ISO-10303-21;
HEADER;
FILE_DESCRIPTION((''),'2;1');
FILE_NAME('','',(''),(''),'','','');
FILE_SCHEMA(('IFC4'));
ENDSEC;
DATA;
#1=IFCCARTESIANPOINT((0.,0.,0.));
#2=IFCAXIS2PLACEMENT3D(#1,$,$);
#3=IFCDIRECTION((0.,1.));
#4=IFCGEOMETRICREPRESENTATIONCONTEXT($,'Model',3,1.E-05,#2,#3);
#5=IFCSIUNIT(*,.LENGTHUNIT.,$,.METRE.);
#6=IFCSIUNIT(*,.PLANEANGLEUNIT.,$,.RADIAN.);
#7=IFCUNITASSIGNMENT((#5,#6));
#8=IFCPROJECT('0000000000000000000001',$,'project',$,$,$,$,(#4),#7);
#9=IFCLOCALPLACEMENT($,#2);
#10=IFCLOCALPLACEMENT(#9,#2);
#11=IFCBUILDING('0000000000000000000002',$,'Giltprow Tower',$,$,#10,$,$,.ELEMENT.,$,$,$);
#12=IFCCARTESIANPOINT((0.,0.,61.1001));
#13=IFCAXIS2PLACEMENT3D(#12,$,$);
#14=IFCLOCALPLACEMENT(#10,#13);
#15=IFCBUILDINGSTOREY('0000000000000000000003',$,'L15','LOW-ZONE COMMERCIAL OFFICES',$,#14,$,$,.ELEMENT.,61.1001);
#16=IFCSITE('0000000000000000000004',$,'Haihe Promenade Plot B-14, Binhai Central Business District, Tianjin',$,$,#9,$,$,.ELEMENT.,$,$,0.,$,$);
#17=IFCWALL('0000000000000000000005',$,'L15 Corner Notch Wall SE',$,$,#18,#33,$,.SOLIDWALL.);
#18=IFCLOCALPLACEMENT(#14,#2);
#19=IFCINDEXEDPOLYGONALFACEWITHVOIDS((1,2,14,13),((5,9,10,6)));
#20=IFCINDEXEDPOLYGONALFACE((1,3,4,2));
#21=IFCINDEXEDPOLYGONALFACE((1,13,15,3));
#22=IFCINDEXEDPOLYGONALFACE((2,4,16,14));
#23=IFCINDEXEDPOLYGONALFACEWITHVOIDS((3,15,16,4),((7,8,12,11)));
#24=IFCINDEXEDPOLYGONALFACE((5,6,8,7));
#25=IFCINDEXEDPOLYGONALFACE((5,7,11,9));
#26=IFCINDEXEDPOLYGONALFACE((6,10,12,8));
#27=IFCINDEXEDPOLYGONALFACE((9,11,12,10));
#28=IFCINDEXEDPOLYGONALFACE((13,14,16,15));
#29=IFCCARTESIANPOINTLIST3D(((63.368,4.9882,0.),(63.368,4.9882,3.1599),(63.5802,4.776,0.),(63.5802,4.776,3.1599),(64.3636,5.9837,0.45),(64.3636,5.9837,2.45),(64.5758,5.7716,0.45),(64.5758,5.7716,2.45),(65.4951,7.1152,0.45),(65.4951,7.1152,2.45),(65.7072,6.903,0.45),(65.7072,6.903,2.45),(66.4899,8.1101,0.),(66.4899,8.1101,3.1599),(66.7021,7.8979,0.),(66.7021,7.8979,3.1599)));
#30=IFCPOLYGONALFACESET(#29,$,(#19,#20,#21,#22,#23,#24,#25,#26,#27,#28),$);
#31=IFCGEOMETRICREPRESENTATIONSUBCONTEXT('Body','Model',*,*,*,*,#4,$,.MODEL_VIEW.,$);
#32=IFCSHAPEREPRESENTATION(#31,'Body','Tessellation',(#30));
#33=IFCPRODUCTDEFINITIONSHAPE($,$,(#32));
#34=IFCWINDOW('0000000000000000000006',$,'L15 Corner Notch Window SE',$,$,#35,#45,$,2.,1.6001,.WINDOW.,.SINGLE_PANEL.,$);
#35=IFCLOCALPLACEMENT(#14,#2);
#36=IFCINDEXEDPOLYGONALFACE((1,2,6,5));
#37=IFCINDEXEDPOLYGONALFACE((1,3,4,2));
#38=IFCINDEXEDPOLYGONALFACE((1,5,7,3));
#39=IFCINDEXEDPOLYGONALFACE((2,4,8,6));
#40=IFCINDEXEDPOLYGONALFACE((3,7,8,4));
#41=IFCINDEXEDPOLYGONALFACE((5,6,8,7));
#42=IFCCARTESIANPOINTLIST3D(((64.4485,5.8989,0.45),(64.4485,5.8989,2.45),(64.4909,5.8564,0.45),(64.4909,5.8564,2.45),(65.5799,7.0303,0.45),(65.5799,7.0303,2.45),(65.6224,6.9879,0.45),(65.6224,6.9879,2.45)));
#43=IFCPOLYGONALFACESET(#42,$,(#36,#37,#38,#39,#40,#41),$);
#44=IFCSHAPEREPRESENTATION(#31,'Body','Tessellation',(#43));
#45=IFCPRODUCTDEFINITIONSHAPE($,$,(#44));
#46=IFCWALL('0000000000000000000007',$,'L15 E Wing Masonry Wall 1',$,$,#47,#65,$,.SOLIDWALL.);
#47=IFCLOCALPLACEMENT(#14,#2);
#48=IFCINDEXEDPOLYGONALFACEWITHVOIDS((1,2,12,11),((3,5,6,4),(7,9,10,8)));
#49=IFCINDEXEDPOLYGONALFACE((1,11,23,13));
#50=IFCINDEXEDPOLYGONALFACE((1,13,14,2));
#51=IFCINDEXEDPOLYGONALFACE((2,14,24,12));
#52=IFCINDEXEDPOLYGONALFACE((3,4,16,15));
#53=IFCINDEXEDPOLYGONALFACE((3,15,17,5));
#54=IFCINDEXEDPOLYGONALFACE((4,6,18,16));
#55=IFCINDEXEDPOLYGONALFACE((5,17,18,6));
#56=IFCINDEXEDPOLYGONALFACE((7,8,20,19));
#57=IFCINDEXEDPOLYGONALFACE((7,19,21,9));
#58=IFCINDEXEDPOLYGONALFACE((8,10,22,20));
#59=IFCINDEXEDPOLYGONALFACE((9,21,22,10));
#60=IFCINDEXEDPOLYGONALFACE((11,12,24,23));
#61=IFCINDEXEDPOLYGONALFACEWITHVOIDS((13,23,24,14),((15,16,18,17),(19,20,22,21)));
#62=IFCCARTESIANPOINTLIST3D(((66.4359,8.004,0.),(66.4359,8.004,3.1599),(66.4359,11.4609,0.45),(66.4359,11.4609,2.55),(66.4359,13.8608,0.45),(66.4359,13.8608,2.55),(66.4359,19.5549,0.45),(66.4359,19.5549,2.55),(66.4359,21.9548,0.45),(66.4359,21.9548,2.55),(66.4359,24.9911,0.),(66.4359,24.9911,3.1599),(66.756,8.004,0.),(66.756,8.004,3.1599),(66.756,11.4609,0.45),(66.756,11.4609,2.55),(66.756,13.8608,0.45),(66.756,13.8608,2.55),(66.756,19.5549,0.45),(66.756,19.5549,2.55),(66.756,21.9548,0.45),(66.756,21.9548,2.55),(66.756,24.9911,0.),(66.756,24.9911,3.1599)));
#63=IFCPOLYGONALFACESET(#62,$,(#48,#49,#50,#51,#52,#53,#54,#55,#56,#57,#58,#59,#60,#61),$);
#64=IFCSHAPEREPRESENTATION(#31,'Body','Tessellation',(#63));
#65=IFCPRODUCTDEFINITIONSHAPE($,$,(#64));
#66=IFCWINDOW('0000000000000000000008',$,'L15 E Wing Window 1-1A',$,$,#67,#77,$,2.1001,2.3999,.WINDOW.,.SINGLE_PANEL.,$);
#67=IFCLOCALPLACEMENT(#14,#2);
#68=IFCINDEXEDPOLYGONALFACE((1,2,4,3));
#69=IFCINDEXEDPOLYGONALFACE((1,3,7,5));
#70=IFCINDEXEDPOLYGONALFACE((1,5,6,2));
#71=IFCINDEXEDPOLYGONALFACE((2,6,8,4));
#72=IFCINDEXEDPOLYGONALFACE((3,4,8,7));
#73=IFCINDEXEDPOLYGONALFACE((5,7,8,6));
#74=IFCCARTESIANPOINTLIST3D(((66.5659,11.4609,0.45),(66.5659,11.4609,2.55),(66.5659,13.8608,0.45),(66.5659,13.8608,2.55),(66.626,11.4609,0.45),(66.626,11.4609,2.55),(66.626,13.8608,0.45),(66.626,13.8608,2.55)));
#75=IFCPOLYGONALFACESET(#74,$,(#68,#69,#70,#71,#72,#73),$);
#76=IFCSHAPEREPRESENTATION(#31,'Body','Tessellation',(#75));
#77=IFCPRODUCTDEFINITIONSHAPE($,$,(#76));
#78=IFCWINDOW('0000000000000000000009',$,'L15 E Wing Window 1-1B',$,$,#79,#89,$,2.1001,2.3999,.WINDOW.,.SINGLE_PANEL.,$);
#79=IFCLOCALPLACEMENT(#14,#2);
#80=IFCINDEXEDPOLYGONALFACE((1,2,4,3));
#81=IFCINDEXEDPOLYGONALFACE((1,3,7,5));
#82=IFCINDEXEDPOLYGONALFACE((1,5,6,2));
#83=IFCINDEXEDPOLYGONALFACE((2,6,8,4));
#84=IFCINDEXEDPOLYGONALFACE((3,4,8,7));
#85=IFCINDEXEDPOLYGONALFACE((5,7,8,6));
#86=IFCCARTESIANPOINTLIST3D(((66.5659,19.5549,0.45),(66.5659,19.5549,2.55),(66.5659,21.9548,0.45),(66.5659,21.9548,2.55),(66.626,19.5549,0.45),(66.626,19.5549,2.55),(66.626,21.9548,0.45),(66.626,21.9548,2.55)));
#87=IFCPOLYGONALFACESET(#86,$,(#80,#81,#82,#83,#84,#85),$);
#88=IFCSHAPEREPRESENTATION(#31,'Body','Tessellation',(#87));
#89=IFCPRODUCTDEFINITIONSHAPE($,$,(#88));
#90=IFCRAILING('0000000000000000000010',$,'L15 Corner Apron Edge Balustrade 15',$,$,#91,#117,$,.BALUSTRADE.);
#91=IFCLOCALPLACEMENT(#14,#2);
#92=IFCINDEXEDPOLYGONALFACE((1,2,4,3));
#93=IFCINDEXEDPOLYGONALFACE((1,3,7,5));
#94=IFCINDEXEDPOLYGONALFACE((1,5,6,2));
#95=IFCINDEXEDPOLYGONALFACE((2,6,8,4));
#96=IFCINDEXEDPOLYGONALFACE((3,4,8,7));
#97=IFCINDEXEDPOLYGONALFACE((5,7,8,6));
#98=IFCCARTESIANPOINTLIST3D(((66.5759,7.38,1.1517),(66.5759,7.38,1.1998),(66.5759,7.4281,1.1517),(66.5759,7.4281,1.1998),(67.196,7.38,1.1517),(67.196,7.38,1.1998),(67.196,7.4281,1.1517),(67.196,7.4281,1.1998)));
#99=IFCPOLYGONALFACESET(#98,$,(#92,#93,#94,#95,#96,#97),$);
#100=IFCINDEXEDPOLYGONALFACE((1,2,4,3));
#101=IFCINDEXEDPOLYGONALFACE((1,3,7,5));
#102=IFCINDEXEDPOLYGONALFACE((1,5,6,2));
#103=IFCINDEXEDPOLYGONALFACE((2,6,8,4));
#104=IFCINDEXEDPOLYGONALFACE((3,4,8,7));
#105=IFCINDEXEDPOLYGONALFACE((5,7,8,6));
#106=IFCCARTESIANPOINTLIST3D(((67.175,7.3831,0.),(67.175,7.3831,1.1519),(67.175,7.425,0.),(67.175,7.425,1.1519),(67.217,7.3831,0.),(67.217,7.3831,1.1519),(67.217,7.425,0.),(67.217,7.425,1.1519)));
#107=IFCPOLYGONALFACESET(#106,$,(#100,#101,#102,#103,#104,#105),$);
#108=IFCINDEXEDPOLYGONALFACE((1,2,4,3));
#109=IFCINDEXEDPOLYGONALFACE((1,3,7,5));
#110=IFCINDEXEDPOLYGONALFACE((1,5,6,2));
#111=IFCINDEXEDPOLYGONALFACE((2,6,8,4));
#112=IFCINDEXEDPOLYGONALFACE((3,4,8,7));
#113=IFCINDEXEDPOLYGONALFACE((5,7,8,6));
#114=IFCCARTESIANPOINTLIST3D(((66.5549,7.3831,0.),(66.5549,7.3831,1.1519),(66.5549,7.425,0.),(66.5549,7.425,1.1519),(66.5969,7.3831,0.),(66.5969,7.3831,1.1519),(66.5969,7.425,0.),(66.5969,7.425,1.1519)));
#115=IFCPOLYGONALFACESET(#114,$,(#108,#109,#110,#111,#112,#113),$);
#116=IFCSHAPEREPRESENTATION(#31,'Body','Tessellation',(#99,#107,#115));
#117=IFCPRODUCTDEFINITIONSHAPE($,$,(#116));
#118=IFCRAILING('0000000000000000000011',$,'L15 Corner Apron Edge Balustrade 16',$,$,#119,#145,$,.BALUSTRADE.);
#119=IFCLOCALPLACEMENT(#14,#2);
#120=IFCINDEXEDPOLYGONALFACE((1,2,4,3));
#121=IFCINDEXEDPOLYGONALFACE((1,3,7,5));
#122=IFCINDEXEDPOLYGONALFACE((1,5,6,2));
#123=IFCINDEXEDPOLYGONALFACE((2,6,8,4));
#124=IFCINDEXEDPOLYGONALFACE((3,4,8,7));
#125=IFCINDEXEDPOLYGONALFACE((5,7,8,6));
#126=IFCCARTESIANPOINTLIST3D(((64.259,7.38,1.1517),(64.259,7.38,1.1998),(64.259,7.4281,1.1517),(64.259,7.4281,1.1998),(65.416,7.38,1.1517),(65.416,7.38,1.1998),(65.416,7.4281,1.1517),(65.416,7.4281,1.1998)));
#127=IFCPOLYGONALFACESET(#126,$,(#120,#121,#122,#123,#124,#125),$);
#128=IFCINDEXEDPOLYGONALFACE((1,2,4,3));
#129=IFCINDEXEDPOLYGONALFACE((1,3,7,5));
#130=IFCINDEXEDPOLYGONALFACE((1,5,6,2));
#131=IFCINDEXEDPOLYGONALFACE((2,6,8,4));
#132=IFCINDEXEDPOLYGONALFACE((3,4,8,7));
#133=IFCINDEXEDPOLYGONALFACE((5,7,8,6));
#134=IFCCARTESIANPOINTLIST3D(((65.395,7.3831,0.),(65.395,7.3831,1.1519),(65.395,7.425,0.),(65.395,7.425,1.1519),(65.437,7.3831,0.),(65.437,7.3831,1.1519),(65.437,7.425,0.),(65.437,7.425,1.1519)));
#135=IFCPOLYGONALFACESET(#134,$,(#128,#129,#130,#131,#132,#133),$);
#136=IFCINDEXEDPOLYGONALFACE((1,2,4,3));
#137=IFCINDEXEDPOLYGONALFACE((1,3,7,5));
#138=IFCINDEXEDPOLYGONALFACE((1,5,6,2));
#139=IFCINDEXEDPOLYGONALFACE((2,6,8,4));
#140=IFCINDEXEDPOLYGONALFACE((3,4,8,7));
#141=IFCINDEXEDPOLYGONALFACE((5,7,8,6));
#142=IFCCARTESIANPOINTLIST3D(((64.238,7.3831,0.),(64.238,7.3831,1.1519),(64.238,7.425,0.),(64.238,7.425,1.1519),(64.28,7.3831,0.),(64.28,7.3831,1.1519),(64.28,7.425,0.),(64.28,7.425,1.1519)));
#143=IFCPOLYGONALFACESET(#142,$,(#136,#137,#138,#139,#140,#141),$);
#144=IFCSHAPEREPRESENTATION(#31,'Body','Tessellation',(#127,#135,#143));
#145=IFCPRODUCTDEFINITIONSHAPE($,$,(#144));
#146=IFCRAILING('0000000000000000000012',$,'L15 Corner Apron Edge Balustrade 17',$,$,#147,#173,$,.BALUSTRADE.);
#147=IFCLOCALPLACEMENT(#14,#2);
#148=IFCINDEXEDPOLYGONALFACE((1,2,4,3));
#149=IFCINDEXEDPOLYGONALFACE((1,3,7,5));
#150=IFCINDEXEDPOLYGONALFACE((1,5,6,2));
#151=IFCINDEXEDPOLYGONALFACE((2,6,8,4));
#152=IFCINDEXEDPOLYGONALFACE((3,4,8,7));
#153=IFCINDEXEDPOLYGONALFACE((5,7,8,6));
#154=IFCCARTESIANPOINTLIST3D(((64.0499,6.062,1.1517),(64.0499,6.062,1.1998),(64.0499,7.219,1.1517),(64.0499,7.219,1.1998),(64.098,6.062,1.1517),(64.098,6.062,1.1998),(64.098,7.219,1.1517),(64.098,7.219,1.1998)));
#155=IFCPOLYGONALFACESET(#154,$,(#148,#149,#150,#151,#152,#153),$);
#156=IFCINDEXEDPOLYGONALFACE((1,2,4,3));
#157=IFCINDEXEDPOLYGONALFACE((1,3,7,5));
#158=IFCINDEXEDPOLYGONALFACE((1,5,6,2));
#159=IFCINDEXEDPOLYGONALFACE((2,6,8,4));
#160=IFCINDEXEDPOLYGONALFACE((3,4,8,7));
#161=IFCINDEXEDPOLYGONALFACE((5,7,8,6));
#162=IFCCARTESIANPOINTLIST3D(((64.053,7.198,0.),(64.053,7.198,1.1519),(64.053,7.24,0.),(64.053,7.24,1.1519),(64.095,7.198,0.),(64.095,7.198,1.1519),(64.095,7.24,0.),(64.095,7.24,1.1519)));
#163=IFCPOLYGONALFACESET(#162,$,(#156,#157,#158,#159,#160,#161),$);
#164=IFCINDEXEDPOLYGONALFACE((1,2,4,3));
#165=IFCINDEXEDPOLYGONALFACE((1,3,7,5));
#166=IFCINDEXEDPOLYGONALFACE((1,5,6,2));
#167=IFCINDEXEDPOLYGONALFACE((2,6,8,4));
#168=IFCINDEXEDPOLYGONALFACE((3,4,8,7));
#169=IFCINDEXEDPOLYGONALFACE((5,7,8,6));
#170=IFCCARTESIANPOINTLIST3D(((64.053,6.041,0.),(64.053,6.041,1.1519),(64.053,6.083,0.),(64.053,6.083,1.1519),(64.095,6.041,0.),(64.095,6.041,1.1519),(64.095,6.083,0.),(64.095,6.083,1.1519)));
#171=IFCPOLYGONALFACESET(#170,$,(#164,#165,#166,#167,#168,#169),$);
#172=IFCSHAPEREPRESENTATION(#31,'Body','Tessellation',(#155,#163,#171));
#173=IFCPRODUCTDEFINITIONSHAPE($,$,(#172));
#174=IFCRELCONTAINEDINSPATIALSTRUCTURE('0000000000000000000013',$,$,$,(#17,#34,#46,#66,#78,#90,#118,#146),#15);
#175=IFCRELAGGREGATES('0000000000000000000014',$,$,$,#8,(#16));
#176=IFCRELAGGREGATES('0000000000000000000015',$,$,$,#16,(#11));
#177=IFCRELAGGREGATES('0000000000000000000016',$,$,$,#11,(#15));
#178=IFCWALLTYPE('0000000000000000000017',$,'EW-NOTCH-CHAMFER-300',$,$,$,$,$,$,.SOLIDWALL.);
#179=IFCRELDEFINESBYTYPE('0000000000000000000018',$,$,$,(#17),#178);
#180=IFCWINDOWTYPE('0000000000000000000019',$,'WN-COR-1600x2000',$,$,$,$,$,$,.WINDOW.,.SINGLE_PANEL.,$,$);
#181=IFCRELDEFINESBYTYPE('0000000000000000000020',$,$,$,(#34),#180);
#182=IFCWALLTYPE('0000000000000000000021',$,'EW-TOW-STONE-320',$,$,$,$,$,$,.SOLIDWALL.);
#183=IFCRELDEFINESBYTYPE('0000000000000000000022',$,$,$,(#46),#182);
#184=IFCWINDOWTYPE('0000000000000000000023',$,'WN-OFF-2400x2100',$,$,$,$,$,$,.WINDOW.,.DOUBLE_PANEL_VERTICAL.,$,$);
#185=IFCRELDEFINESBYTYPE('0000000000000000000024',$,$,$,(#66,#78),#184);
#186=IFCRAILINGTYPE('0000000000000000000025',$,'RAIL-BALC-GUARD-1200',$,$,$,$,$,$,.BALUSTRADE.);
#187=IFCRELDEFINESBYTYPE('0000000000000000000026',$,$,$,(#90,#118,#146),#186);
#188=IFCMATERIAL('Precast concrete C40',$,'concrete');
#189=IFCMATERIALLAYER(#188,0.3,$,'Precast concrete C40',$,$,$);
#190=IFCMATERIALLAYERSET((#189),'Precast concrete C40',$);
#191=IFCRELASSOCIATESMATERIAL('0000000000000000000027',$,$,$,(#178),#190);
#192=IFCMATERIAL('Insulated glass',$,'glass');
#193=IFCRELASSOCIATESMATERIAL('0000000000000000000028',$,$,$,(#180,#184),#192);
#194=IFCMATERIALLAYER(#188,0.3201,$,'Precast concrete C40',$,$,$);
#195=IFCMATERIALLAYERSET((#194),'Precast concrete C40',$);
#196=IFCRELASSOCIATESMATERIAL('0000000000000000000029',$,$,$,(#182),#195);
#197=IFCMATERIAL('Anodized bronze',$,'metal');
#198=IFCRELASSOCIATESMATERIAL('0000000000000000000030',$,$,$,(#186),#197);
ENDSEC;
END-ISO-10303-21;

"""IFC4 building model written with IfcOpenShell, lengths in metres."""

from ifc_helpers import new_model, si_unit, direction, frame, frame_2d, origin, origin_2d, place, context, subcontext, project, spatial, rectangle, extrude, source, transform, mapped, material, layer, layer_set, type_object, element, fill, save


model = new_model("IFC4")

# Units and contexts
model_context = context("Model", 3, precision=1e-05, world=origin(), true_north=direction((0.0, 1.0)))
body_context = subcontext(model_context, "Body", "Model", "MODEL_VIEW")
ifc_project = project(units=[si_unit("LENGTHUNIT", "METRE"), si_unit("PLANEANGLEUNIT", "RADIAN")], contexts=[model_context])

# Site, building, storey
site_placement = place(None, origin())
site = spatial("IfcSite", under=ifc_project, at=site_placement, Name="Haihe Promenade Plot B-14, Binhai Central Business District, Tianjin", CompositionType="ELEMENT", RefElevation=0.0)
building_placement = place(site_placement, origin())
building = spatial("IfcBuilding", under=site, at=building_placement, Name="Giltprow Tower", CompositionType="ELEMENT")
storey_placement = place(building_placement, frame((0.0, 0.0, 61.1001)))
storey = spatial("IfcBuildingStorey", under=building, at=storey_placement, Name="L15", Description="LOW-ZONE COMMERCIAL OFFICES", CompositionType="ELEMENT", Elevation=61.1001)

# Shared definitions
ifc_material_1 = material(Name="Anodized bronze", Category="metal")
ifc_material_2 = material(Name="Insulated glass", Category="glass")

# Wall, opening, window
ifc_material_3 = material(Name="Precast concrete C40", Category="concrete")
ifc_layer_1 = layer(ifc_material_3, 0.3, Name="Precast concrete C40")
ifc_layer_set_1 = layer_set([ifc_layer_1], Name="Precast concrete C40")
wall_type_1 = type_object("IfcWallType", Name="EW-NOTCH-CHAMFER-300", PredefinedType="SOLIDWALL", material=ifc_layer_set_1)
wall_1_placement = place(storey_placement, frame((63.4741, 4.8821, 0.0), z_axis=(0.0, 0.0, 1.0), x_axis=(0.707107, 0.707107, 0.0)))
wall_1 = element("IfcWall", 1, at=wall_1_placement, inside=storey, type_object=wall_type_1, Name="L15 Corner Notch Wall SE", PredefinedType="SOLIDWALL", context=body_context, shape_type="SweptSolid", body=[
    extrude(rectangle(XDim=4.415, YDim=0.3, at=frame_2d((2.2075, 0.0))), origin(), (0.0, 0.0, 1.0), 3.1599),
])
opening_1_placement = place(wall_1_placement, frame((1.408, 0.0, 0.45)))
opening_1 = element("IfcOpeningElement", 2, at=opening_1_placement, cuts=wall_1, PredefinedType="OPENING", context=body_context, shape_type="SweptSolid", body=[
    extrude(rectangle(XDim=1.6001, YDim=2.0, at=frame_2d((0.8, 1.0))), frame((0.0, 0.1599, 0.0), z_axis=(0.0, -1.0, 0.0), x_axis=(1.0, 0.0, 0.0)), (0.0, 0.0, 1.0), 0.3201),
])
window_type_1 = type_object("IfcWindowType", Name="WN-COR-1600x2000", PartitioningType="SINGLE_PANEL", PredefinedType="WINDOW", material=ifc_material_2)
shared_shape_1 = source(origin(), body_context, "Body", "SweptSolid", [
    extrude(rectangle(XDim=1.6001, YDim=2.0, at=frame_2d((0.8, 1.0))), frame((0.0, 0.03, 0.0), z_axis=(0.0, -1.0, 0.0), x_axis=(1.0, 0.0, 0.0)), (0.0, 0.0, 1.0), 0.0601),
])
window_1_placement = place(opening_1_placement, origin())
window_1 = element("IfcWindow", 3, at=window_1_placement, inside=storey, type_object=window_type_1, Name="L15 Corner Notch Window SE", OverallHeight=2.0, OverallWidth=1.6001, PartitioningType="SINGLE_PANEL", PredefinedType="WINDOW", context=body_context, shape_type="MappedRepresentation", body=[
    mapped(shared_shape_1, transform((0.0, 0.0, 0.0), x_axis=(1.0, 0.0, 0.0), y_axis=(0.0, 1.0, 0.0), z_axis=(0.0, 0.0, 1.0), scale=1.0)),
])
fill(opening_1, window_1)

# Wall, openings, windows
ifc_layer_2 = layer(ifc_material_3, 0.3201, Name="Precast concrete C40")
ifc_layer_set_2 = layer_set([ifc_layer_2], Name="Precast concrete C40")
wall_type_2 = type_object("IfcWallType", Name="EW-TOW-STONE-320", PredefinedType="SOLIDWALL", material=ifc_layer_set_2)
wall_2_placement = place(storey_placement, frame((66.5959, 8.0039, 0.0), z_axis=(0.0, 0.0, 1.0), x_axis=(0.0, 1.0, 0.0)))
wall_2 = element("IfcWall", 4, at=wall_2_placement, inside=storey, type_object=wall_type_2, Name="L15 E Wing Masonry Wall 1", PredefinedType="SOLIDWALL", context=body_context, shape_type="SweptSolid", body=[
    extrude(rectangle(XDim=16.9871, YDim=0.3201, at=frame_2d((8.4937, 0.0))), origin(), (0.0, 0.0, 1.0), 3.1599),
])
opening_2_placement = place(wall_2_placement, frame((3.457, 0.0, 0.45)))
opening_2 = element("IfcOpeningElement", 5, at=opening_2_placement, cuts=wall_2, PredefinedType="OPENING", context=body_context, shape_type="SweptSolid", body=[
    extrude(rectangle(XDim=2.3999, YDim=2.1001, at=frame_2d((1.2, 1.05))), frame((0.0, 0.1699, 0.0), z_axis=(0.0, -1.0, 0.0), x_axis=(1.0, 0.0, 0.0)), (0.0, 0.0, 1.0), 0.3401),
])
opening_3_placement = place(wall_2_placement, frame((11.551, 0.0, 0.45)))
opening_3 = element("IfcOpeningElement", 6, at=opening_3_placement, cuts=wall_2, PredefinedType="OPENING", context=body_context, shape_type="SweptSolid", body=[
    extrude(rectangle(XDim=2.3999, YDim=2.1001, at=frame_2d((1.2, 1.05))), frame((0.0, 0.1699, 0.0), z_axis=(0.0, -1.0, 0.0), x_axis=(1.0, 0.0, 0.0)), (0.0, 0.0, 1.0), 0.3401),
])
window_type_2 = type_object("IfcWindowType", Name="WN-OFF-2400x2100", PartitioningType="DOUBLE_PANEL_VERTICAL", PredefinedType="WINDOW", material=ifc_material_2)
shared_shape_2 = source(origin(), body_context, "Body", "SweptSolid", [
    extrude(rectangle(XDim=2.3999, YDim=2.1001, at=frame_2d((1.2, 1.05))), frame((0.0, 0.03, 0.0), z_axis=(0.0, -1.0, 0.0), x_axis=(1.0, 0.0, 0.0)), (0.0, 0.0, 1.0), 0.0601),
])
window_2_placement = place(opening_2_placement, origin())
window_2 = element("IfcWindow", 7, at=window_2_placement, inside=storey, type_object=window_type_2, Name="L15 E Wing Window 1-1A", OverallHeight=2.1001, OverallWidth=2.3999, PartitioningType="SINGLE_PANEL", PredefinedType="WINDOW", context=body_context, shape_type="MappedRepresentation", body=[
    mapped(shared_shape_2, transform((0.0, 0.0, 0.0), x_axis=(1.0, 0.0, 0.0), y_axis=(0.0, 1.0, 0.0), z_axis=(0.0, 0.0, 1.0), scale=1.0)),
])
fill(opening_2, window_2)
window_3_placement = place(opening_3_placement, origin())
window_3 = element("IfcWindow", 8, at=window_3_placement, inside=storey, type_object=window_type_2, Name="L15 E Wing Window 1-1B", OverallHeight=2.1001, OverallWidth=2.3999, PartitioningType="SINGLE_PANEL", PredefinedType="WINDOW", context=body_context, shape_type="MappedRepresentation", body=[
    mapped(shared_shape_2, transform((0.0, 0.0, 0.0), x_axis=(1.0, 0.0, 0.0), y_axis=(0.0, 1.0, 0.0), z_axis=(0.0, 0.0, 1.0), scale=1.0)),
])
fill(opening_3, window_3)

# Railings
railing_type = type_object("IfcRailingType", Name="RAIL-BALC-GUARD-1200", PredefinedType="BALUSTRADE", material=ifc_material_1)
railing_1_placement = place(storey_placement, frame((67.196, 7.4041, 0.0)))
element("IfcRailing", 9, at=railing_1_placement, inside=storey, type_object=railing_type, Name="L15 Corner Apron Edge Balustrade 15", PredefinedType="BALUSTRADE", context=body_context, shape_type="SweptSolid", body=[
    extrude(rectangle(XDim=0.0481, YDim=0.0481, at=origin_2d()), frame((0.0, 0.0, 1.1758), z_axis=(-1.0, 0.0, 0.0), x_axis=(0.0, -1.0, 0.0)), (0.0, 0.0, 1.0), 0.6201),
    extrude(rectangle(XDim=0.042, YDim=0.042, at=origin_2d()), origin(), (0.0, 0.0, 1.0), 1.1519),
    extrude(rectangle(XDim=0.042, YDim=0.042, at=origin_2d()), frame((-0.6201, 0.0, 0.0)), (0.0, 0.0, 1.0), 1.1519),
])
railing_2_placement = place(storey_placement, frame((65.416, 7.4041, 0.0)))
element("IfcRailing", 10, at=railing_2_placement, inside=storey, type_object=railing_type, Name="L15 Corner Apron Edge Balustrade 16", PredefinedType="BALUSTRADE", context=body_context, shape_type="SweptSolid", body=[
    extrude(rectangle(XDim=0.0481, YDim=0.0481, at=origin_2d()), frame((0.0, 0.0, 1.1758), z_axis=(-1.0, 0.0, 0.0), x_axis=(0.0, -1.0, 0.0)), (0.0, 0.0, 1.0), 1.157),
    extrude(rectangle(XDim=0.042, YDim=0.042, at=origin_2d()), origin(), (0.0, 0.0, 1.0), 1.1519),
    extrude(rectangle(XDim=0.042, YDim=0.042, at=origin_2d()), frame((-1.157, 0.0, 0.0)), (0.0, 0.0, 1.0), 1.1519),
])
railing_3_placement = place(storey_placement, frame((64.074, 7.219, 0.0)))
element("IfcRailing", 11, at=railing_3_placement, inside=storey, type_object=railing_type, Name="L15 Corner Apron Edge Balustrade 17", PredefinedType="BALUSTRADE", context=body_context, shape_type="SweptSolid", body=[
    extrude(rectangle(XDim=0.0481, YDim=0.0481, at=origin_2d()), frame((0.0, 0.0, 1.1758), z_axis=(0.0, -1.0, 0.0), x_axis=(1.0, 0.0, 0.0)), (0.0, 0.0, 1.0), 1.157),
    extrude(rectangle(XDim=0.042, YDim=0.042, at=origin_2d()), origin(), (0.0, 0.0, 1.0), 1.1519),
    extrude(rectangle(XDim=0.042, YDim=0.042, at=origin_2d()), frame((0.0, -1.157, 0.0)), (0.0, 0.0, 1.0), 1.1519),
])

save(model, "model.ifc")
